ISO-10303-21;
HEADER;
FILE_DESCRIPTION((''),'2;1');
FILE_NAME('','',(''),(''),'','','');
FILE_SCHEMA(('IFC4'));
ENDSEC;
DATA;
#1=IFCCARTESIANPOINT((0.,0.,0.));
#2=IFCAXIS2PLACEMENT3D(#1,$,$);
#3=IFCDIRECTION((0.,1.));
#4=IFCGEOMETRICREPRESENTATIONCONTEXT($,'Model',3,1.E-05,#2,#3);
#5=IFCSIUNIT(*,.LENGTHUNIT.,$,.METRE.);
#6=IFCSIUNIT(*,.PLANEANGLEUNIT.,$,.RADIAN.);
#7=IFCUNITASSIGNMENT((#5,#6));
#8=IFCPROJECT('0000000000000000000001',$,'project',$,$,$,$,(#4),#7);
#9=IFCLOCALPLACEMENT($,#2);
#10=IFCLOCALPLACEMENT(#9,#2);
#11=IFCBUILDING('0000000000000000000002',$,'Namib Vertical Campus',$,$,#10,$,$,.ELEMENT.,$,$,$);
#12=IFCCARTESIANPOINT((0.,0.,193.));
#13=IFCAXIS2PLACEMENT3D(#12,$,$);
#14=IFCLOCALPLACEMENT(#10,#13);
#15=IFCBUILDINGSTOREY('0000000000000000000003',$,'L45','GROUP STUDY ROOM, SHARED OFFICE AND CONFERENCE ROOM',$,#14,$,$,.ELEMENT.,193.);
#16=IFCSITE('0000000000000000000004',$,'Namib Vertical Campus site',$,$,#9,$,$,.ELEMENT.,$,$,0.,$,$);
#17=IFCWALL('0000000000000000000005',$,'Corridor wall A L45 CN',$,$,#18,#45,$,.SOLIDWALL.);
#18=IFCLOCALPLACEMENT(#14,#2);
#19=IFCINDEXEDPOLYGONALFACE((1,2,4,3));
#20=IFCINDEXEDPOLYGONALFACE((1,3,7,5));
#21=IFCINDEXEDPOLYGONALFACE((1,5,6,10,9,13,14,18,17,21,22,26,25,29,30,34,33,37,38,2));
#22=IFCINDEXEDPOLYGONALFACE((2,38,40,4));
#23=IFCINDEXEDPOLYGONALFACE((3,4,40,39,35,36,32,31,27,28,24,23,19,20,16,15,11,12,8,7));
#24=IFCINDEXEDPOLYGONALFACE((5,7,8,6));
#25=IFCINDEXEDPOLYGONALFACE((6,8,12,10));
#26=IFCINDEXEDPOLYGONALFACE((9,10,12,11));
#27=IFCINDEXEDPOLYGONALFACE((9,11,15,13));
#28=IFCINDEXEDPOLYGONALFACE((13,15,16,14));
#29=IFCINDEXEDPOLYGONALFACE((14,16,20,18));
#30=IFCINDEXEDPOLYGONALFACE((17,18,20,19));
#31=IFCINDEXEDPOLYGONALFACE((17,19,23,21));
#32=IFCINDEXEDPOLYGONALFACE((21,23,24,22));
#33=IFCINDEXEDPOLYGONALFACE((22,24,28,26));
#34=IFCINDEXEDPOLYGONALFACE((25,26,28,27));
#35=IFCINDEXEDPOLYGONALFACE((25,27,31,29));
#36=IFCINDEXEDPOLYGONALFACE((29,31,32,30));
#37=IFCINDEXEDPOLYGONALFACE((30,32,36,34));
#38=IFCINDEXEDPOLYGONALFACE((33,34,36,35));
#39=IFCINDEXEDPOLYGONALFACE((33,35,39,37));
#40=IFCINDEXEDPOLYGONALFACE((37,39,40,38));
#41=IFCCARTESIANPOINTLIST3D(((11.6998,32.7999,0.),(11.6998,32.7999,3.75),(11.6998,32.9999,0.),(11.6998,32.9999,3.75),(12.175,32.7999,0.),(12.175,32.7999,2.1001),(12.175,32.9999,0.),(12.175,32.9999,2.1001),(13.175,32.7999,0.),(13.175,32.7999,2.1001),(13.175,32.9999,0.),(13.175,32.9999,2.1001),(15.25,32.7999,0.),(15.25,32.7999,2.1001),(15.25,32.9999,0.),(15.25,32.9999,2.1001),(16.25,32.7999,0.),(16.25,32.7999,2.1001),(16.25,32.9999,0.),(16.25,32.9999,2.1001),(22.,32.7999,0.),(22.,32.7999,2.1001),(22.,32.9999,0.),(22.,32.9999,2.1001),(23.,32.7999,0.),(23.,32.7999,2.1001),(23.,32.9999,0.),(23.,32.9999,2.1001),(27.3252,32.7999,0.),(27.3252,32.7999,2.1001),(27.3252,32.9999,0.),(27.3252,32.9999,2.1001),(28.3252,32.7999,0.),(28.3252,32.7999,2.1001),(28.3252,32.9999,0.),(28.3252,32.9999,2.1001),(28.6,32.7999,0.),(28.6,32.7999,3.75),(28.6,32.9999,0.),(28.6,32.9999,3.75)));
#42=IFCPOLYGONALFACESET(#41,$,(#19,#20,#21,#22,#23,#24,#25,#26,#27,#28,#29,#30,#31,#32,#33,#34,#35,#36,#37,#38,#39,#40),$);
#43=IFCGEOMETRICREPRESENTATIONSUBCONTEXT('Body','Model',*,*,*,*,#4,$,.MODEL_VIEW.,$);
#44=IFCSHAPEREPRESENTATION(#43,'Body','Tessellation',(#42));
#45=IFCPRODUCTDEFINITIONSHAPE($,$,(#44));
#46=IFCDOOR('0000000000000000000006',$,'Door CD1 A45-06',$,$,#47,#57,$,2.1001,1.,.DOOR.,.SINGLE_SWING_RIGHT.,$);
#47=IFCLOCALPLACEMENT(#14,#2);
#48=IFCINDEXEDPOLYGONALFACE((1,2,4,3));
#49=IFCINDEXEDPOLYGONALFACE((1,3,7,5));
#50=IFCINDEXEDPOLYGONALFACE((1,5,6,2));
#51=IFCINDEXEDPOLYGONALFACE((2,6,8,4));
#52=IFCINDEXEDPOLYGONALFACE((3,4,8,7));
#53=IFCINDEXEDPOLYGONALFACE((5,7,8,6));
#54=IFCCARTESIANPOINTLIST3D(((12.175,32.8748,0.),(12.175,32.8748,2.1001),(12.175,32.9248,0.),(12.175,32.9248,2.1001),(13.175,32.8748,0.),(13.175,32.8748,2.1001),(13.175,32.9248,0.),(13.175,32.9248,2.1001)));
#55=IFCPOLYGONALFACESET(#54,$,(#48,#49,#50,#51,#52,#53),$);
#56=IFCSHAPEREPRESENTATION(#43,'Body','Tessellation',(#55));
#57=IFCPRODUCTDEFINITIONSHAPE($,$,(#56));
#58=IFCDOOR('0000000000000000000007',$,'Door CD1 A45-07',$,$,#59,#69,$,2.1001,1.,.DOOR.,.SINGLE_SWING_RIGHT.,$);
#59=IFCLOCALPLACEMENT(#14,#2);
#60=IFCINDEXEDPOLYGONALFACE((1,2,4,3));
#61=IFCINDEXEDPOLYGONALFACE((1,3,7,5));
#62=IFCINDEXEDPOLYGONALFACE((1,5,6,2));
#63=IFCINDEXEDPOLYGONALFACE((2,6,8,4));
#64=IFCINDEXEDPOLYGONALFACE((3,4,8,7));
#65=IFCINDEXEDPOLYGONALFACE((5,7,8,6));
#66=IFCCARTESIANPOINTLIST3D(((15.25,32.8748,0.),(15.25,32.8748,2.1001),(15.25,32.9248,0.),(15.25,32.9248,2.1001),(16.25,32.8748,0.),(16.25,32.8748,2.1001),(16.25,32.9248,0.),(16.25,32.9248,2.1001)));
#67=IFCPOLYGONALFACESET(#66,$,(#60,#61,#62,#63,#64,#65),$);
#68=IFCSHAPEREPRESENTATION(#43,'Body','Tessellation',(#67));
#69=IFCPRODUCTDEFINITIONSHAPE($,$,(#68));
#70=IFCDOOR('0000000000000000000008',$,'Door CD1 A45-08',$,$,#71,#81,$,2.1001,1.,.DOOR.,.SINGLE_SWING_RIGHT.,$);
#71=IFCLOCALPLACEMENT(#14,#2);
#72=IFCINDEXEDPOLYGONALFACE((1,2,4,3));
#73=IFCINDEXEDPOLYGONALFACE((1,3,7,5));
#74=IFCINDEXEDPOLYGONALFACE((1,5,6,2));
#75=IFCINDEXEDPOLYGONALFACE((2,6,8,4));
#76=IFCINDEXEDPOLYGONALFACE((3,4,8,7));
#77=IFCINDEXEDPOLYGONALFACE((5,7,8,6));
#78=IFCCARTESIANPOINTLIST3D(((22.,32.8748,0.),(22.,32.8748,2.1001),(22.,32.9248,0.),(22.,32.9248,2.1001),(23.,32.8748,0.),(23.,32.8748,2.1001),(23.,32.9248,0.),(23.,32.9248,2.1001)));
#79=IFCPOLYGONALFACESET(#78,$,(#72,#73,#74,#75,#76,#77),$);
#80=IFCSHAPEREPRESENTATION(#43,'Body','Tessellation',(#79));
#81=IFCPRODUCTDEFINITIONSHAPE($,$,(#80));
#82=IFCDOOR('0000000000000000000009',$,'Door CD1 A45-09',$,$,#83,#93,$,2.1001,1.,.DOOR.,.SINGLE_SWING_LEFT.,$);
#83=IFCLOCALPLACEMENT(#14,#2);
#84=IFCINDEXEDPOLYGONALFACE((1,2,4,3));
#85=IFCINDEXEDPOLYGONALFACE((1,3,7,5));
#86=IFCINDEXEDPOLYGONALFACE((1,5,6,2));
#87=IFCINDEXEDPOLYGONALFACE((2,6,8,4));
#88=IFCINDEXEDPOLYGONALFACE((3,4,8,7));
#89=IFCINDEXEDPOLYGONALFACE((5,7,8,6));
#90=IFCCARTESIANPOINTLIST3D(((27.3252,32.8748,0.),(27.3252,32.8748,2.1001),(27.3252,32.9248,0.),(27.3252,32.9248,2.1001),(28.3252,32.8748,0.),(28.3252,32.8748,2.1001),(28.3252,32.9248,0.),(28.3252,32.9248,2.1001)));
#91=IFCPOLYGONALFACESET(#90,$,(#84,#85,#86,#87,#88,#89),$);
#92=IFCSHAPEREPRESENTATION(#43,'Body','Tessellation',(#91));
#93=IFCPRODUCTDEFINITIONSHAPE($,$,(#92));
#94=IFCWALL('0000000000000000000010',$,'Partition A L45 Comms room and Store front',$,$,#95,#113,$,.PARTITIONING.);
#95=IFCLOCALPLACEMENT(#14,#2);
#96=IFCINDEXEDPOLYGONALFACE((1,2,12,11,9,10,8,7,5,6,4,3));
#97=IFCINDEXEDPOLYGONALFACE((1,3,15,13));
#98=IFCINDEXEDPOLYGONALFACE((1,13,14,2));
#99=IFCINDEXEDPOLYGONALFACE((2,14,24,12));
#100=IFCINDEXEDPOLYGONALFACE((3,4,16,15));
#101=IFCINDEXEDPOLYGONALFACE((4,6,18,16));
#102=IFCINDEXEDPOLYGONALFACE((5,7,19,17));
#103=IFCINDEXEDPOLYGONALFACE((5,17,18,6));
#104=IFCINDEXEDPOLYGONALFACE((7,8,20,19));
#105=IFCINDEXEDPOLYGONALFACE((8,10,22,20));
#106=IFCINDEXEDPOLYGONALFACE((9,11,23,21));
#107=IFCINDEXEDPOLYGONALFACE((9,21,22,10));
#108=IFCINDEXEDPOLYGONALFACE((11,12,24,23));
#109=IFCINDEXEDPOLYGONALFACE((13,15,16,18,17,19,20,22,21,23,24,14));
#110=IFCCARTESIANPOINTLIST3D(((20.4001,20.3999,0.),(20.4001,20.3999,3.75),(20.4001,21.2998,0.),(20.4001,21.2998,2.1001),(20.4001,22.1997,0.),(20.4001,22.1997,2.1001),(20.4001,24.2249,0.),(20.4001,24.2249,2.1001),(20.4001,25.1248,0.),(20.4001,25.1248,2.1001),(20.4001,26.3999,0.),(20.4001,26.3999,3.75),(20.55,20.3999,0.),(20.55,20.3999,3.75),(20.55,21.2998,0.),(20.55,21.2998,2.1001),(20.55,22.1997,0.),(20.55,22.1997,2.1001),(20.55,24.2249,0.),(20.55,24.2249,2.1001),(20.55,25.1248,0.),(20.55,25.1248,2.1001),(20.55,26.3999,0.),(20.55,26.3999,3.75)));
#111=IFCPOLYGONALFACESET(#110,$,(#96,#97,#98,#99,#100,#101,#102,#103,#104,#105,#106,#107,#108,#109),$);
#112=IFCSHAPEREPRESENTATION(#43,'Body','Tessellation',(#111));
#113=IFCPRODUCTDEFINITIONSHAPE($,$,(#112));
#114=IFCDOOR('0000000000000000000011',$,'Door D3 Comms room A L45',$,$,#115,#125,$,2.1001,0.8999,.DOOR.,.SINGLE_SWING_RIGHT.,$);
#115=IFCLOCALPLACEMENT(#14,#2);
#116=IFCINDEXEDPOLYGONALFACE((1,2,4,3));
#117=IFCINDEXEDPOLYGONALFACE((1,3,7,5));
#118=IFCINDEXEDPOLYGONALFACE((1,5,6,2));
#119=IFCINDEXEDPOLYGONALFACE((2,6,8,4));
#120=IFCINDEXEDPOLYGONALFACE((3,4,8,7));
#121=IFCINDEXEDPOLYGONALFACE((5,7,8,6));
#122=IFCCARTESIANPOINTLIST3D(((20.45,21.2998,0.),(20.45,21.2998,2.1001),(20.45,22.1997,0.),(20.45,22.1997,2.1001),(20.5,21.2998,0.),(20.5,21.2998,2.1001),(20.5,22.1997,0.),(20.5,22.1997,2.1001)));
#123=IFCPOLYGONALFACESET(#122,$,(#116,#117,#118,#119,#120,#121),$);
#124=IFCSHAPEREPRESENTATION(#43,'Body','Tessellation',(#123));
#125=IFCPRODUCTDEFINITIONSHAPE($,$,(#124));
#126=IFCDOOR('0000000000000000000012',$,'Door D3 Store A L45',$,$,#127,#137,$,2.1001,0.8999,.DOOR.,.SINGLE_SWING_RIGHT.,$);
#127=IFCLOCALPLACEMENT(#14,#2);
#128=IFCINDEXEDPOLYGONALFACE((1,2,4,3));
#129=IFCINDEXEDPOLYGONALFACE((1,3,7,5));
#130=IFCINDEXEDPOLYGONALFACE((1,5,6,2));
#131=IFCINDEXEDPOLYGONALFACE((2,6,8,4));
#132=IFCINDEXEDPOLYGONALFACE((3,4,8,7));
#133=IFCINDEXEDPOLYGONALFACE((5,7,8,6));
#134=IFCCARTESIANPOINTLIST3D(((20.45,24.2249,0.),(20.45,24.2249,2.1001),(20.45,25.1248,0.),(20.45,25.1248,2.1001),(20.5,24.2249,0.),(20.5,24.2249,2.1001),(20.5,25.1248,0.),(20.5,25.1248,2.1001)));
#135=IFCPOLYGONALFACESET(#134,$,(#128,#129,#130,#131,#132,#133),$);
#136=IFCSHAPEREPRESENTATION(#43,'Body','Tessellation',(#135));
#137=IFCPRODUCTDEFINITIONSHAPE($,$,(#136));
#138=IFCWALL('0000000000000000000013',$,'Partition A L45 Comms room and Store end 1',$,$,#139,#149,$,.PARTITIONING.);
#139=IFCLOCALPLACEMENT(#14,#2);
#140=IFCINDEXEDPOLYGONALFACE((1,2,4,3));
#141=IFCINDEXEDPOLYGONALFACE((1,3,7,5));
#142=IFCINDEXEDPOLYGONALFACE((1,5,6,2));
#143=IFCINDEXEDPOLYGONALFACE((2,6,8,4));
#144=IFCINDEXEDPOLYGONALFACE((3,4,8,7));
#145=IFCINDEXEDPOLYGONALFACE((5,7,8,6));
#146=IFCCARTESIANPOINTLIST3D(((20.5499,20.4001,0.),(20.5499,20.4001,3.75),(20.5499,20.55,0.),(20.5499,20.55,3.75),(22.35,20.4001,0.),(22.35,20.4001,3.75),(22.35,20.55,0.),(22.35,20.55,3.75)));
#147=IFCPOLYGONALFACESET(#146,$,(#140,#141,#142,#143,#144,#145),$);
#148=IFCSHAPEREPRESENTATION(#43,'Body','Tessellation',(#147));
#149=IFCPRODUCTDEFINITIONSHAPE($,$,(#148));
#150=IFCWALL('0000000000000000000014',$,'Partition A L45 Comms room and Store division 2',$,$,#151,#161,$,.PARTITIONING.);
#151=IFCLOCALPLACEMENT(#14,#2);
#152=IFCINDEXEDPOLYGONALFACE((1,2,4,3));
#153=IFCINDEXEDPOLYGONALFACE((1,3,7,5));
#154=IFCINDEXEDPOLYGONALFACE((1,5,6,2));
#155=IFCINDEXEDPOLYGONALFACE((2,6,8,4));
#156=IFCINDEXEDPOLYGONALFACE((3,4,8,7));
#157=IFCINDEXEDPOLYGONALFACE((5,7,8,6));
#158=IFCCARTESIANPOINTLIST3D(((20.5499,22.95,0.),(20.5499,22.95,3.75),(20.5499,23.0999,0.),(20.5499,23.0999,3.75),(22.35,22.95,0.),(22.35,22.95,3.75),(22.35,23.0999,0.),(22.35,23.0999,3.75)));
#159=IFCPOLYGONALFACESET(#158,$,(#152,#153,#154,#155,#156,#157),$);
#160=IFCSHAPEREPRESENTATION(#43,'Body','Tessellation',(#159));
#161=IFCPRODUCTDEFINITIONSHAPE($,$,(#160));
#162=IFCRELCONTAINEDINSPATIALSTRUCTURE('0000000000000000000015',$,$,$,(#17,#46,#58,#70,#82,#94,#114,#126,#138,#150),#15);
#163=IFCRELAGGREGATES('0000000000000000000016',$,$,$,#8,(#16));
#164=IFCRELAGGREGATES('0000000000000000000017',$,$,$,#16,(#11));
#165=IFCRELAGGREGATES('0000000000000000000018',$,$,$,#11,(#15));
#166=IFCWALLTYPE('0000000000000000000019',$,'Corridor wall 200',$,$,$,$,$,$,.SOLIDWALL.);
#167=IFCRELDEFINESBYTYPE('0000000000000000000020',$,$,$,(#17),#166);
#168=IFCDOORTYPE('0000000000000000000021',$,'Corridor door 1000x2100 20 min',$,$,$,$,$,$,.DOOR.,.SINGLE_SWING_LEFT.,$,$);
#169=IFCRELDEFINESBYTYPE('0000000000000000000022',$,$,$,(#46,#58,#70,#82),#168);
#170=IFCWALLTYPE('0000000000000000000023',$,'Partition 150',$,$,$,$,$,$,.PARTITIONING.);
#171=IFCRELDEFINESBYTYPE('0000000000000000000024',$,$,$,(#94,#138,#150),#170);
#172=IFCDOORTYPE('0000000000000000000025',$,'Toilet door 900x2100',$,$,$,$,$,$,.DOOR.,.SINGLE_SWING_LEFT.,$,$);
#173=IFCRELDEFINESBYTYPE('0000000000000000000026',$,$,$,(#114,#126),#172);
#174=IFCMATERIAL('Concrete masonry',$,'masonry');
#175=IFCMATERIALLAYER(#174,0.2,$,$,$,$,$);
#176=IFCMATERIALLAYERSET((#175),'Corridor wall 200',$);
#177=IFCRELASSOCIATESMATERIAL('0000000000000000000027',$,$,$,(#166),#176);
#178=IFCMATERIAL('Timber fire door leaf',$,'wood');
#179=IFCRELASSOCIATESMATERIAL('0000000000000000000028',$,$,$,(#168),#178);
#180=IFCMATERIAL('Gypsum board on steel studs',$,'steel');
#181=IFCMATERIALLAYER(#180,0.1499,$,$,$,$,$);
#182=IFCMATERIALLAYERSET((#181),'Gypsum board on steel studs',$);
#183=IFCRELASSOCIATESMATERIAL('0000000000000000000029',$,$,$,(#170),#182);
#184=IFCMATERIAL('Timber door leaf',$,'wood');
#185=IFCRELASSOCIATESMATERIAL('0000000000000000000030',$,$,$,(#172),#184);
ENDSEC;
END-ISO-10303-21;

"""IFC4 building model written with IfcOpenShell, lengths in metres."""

from ifc_helpers import new_model, si_unit, direction, frame, frame_2d, origin, place, context, subcontext, project, spatial, rectangle, extrude, material, layer, layer_set, type_object, element, fill, save


model = new_model("IFC4")

# Units and contexts
model_context = context("Model", 3, precision=1e-05, world=origin(), true_north=direction((0.0, 1.0)))
body_context = subcontext(model_context, "Body", "Model", "MODEL_VIEW")
ifc_project = project(units=[si_unit("LENGTHUNIT", "METRE"), si_unit("PLANEANGLEUNIT", "RADIAN")], contexts=[model_context])

# Site, building, storey
site_placement = place(None, origin())
site = spatial("IfcSite", under=ifc_project, at=site_placement, Name="Namib Vertical Campus site", CompositionType="ELEMENT", RefElevation=0.0)
building_placement = place(site_placement, origin())
building = spatial("IfcBuilding", under=site, at=building_placement, Name="Namib Vertical Campus", CompositionType="ELEMENT")
storey_placement = place(building_placement, frame((0.0, 0.0, 193.0)))
storey = spatial("IfcBuildingStorey", under=building, at=storey_placement, Name="L45", Description="GROUP STUDY ROOM, SHARED OFFICE AND CONFERENCE ROOM", CompositionType="ELEMENT", Elevation=193.0)

# Walls, openings, doors
ifc_material_1 = material(Name="Concrete masonry", Category="masonry")
ifc_layer_1 = layer(ifc_material_1, 0.2)
ifc_layer_set_1 = layer_set([ifc_layer_1], Name="Corridor wall 200")
wall_type_1 = type_object("IfcWallType", Name="Corridor wall 200", PredefinedType="SOLIDWALL", material=ifc_layer_set_1)
wall_1_placement = place(storey_placement, frame((28.6001, 32.8999, 0.0), z_axis=(0.0, 0.0, 1.0), x_axis=(-1.0, 0.0, 0.0)))
wall_1 = element("IfcWall", 1, at=wall_1_placement, inside=storey, type_object=wall_type_1, Name="Corridor wall A L45 CN", PredefinedType="SOLIDWALL", context=body_context, shape_type="SweptSolid", body=[
    extrude(rectangle(XDim=16.9001, YDim=0.2, at=frame_2d((8.4502, 0.0))), origin(), (0.0, 0.0, 1.0), 3.75),
])
opening_1_placement = place(wall_1_placement, frame((15.425, 0.0, 0.0)))
opening_1 = element("IfcOpeningElement", 2, at=opening_1_placement, cuts=wall_1, PredefinedType="OPENING", context=body_context, shape_type="SweptSolid", body=[
    extrude(rectangle(XDim=1.0, YDim=2.1001, at=frame_2d((0.5, 1.05))), frame((0.0, 0.1099, 0.0), z_axis=(0.0, -1.0, 0.0), x_axis=(1.0, 0.0, 0.0)), (0.0, 0.0, 1.0), 0.22),
])
opening_2_placement = place(wall_1_placement, frame((12.3501, 0.0, 0.0)))
opening_2 = element("IfcOpeningElement", 3, at=opening_2_placement, cuts=wall_1, PredefinedType="OPENING", context=body_context, shape_type="SweptSolid", body=[
    extrude(rectangle(XDim=1.0, YDim=2.1001, at=frame_2d((0.5, 1.05))), frame((0.0, 0.1099, 0.0), z_axis=(0.0, -1.0, 0.0), x_axis=(1.0, 0.0, 0.0)), (0.0, 0.0, 1.0), 0.22),
])
opening_3_placement = place(wall_1_placement, frame((5.6001, 0.0, 0.0)))
opening_3 = element("IfcOpeningElement", 4, at=opening_3_placement, cuts=wall_1, PredefinedType="OPENING", context=body_context, shape_type="SweptSolid", body=[
    extrude(rectangle(XDim=1.0, YDim=2.1001, at=frame_2d((0.5, 1.05))), frame((0.0, 0.1099, 0.0), z_axis=(0.0, -1.0, 0.0), x_axis=(1.0, 0.0, 0.0)), (0.0, 0.0, 1.0), 0.22),
])
opening_4_placement = place(wall_1_placement, frame((0.2749, 0.0, 0.0)))
opening_4 = element("IfcOpeningElement", 5, at=opening_4_placement, cuts=wall_1, PredefinedType="OPENING", context=body_context, shape_type="SweptSolid", body=[
    extrude(rectangle(XDim=1.0, YDim=2.1001, at=frame_2d((0.5, 1.05))), frame((0.0, 0.1099, 0.0), z_axis=(0.0, -1.0, 0.0), x_axis=(1.0, 0.0, 0.0)), (0.0, 0.0, 1.0), 0.22),
])
ifc_material_2 = material(Name="Timber fire door leaf", Category="wood")
door_type_1 = type_object("IfcDoorType", Name="Corridor door 1000x2100 20 min", OperationType="SINGLE_SWING_LEFT", PredefinedType="DOOR", material=ifc_material_2)
door_1_placement = place(opening_1_placement, frame((1.0, 0.0, 0.0), z_axis=(0.0, 0.0, 1.0), x_axis=(-1.0, 0.0, 0.0)))
door_1 = element("IfcDoor", 6, at=door_1_placement, inside=storey, type_object=door_type_1, Name="Door CD1 A45-06", OperationType="SINGLE_SWING_RIGHT", OverallHeight=2.1001, OverallWidth=1.0, PredefinedType="DOOR", context=body_context, shape_type="SweptSolid", body=[
    extrude(rectangle(XDim=1.0, YDim=2.1001, at=frame_2d((0.5, 1.05))), frame((0.0, 0.0249, 0.0), z_axis=(0.0, -1.0, 0.0), x_axis=(1.0, 0.0, 0.0)), (0.0, 0.0, 1.0), 0.05),
])
fill(opening_1, door_1)
door_2_placement = place(opening_2_placement, frame((1.0, 0.0, 0.0), z_axis=(0.0, 0.0, 1.0), x_axis=(-1.0, 0.0, 0.0)))
door_2 = element("IfcDoor", 7, at=door_2_placement, inside=storey, type_object=door_type_1, Name="Door CD1 A45-07", OperationType="SINGLE_SWING_RIGHT", OverallHeight=2.1001, OverallWidth=1.0, PredefinedType="DOOR", context=body_context, shape_type="SweptSolid", body=[
    extrude(rectangle(XDim=1.0, YDim=2.1001, at=frame_2d((0.5, 1.05))), frame((0.0, 0.0249, 0.0), z_axis=(0.0, -1.0, 0.0), x_axis=(1.0, 0.0, 0.0)), (0.0, 0.0, 1.0), 0.05),
])
fill(opening_2, door_2)
door_3_placement = place(opening_3_placement, frame((1.0, 0.0, 0.0), z_axis=(0.0, 0.0, 1.0), x_axis=(-1.0, 0.0, 0.0)))
door_3 = element("IfcDoor", 8, at=door_3_placement, inside=storey, type_object=door_type_1, Name="Door CD1 A45-08", OperationType="SINGLE_SWING_RIGHT", OverallHeight=2.1001, OverallWidth=1.0, PredefinedType="DOOR", context=body_context, shape_type="SweptSolid", body=[
    extrude(rectangle(XDim=1.0, YDim=2.1001, at=frame_2d((0.5, 1.05))), frame((0.0, 0.0249, 0.0), z_axis=(0.0, -1.0, 0.0), x_axis=(1.0, 0.0, 0.0)), (0.0, 0.0, 1.0), 0.05),
])
fill(opening_3, door_3)
door_4_placement = place(opening_4_placement, frame((1.0, 0.0, 0.0), z_axis=(0.0, 0.0, 1.0), x_axis=(-1.0, 0.0, 0.0)))
door_4 = element("IfcDoor", 9, at=door_4_placement, inside=storey, type_object=door_type_1, Name="Door CD1 A45-09", OperationType="SINGLE_SWING_LEFT", OverallHeight=2.1001, OverallWidth=1.0, PredefinedType="DOOR", context=body_context, shape_type="SweptSolid", body=[
    extrude(rectangle(XDim=1.0, YDim=2.1001, at=frame_2d((0.5, 1.05))), frame((0.0, 0.0249, 0.0), z_axis=(0.0, -1.0, 0.0), x_axis=(1.0, 0.0, 0.0)), (0.0, 0.0, 1.0), 0.05),
])
fill(opening_4, door_4)
ifc_material_3 = material(Name="Gypsum board on steel studs", Category="steel")
ifc_layer_2 = layer(ifc_material_3, 0.1499)
ifc_layer_set_2 = layer_set([ifc_layer_2], Name="Gypsum board on steel studs")
wall_type_2 = type_object("IfcWallType", Name="Partition 150", PredefinedType="PARTITIONING", material=ifc_layer_set_2)
wall_2_placement = place(storey_placement, frame((20.4751, 20.3999, 0.0), z_axis=(0.0, 0.0, 1.0), x_axis=(0.0, 1.0, 0.0)))
wall_2 = element("IfcWall", 10, at=wall_2_placement, inside=storey, type_object=wall_type_2, Name="Partition A L45 Comms room and Store front", PredefinedType="PARTITIONING", context=body_context, shape_type="SweptSolid", body=[
    extrude(rectangle(XDim=6.0, YDim=0.1499, at=frame_2d((3.0, 0.0))), origin(), (0.0, 0.0, 1.0), 3.75),
])
opening_5_placement = place(wall_2_placement, frame((0.8999, 0.0, 0.0)))
opening_5 = element("IfcOpeningElement", 11, at=opening_5_placement, cuts=wall_2, PredefinedType="OPENING", context=body_context, shape_type="SweptSolid", body=[
    extrude(rectangle(XDim=0.8999, YDim=2.1001, at=frame_2d((0.45, 1.05))), frame((0.0, 0.085, 0.0), z_axis=(0.0, -1.0, 0.0), x_axis=(1.0, 0.0, 0.0)), (0.0, 0.0, 1.0), 0.1699),
])
opening_6_placement = place(wall_2_placement, frame((3.825, 0.0, 0.0)))
opening_6 = element("IfcOpeningElement", 12, at=opening_6_placement, cuts=wall_2, PredefinedType="OPENING", context=body_context, shape_type="SweptSolid", body=[
    extrude(rectangle(XDim=0.8999, YDim=2.1001, at=frame_2d((0.45, 1.05))), frame((0.0, 0.085, 0.0), z_axis=(0.0, -1.0, 0.0), x_axis=(1.0, 0.0, 0.0)), (0.0, 0.0, 1.0), 0.1699),
])
ifc_material_4 = material(Name="Timber door leaf", Category="wood")
door_type_2 = type_object("IfcDoorType", Name="Toilet door 900x2100", OperationType="SINGLE_SWING_LEFT", PredefinedType="DOOR", material=ifc_material_4)
door_5_placement = place(opening_5_placement, frame((0.8999, 0.0, 0.0), z_axis=(0.0, 0.0, 1.0), x_axis=(-1.0, 0.0, 0.0)))
door_5 = element("IfcDoor", 13, at=door_5_placement, inside=storey, type_object=door_type_2, Name="Door D3 Comms room A L45", OperationType="SINGLE_SWING_RIGHT", OverallHeight=2.1001, OverallWidth=0.8999, PredefinedType="DOOR", context=body_context, shape_type="SweptSolid", body=[
    extrude(rectangle(XDim=0.8999, YDim=2.1001, at=frame_2d((0.45, 1.05))), frame((0.0, 0.0249, 0.0), z_axis=(0.0, -1.0, 0.0), x_axis=(1.0, 0.0, 0.0)), (0.0, 0.0, 1.0), 0.05),
])
fill(opening_5, door_5)
door_6_placement = place(opening_6_placement, frame((0.8999, 0.0, 0.0), z_axis=(0.0, 0.0, 1.0), x_axis=(-1.0, 0.0, 0.0)))
door_6 = element("IfcDoor", 14, at=door_6_placement, inside=storey, type_object=door_type_2, Name="Door D3 Store A L45", OperationType="SINGLE_SWING_RIGHT", OverallHeight=2.1001, OverallWidth=0.8999, PredefinedType="DOOR", context=body_context, shape_type="SweptSolid", body=[
    extrude(rectangle(XDim=0.8999, YDim=2.1001, at=frame_2d((0.45, 1.05))), frame((0.0, 0.0249, 0.0), z_axis=(0.0, -1.0, 0.0), x_axis=(1.0, 0.0, 0.0)), (0.0, 0.0, 1.0), 0.05),
])
fill(opening_6, door_6)

# Walls
for number, where, z_axis, x_axis, name in (
    (15, (20.55, 20.4751, 0.0), (0.0, 0.0, 1.0), (1.0, 0.0, 0.0), "Partition A L45 Comms room and Store end 1"),
    (16, (20.55, 23.0249, 0.0), (0.0, 0.0, 1.0), (1.0, 0.0, 0.0), "Partition A L45 Comms room and Store division 2"),
):
    element("IfcWall", number, at=place(storey_placement, frame(where, z_axis=z_axis, x_axis=x_axis)), inside=storey, type_object=wall_type_2, Name=name, PredefinedType="PARTITIONING", context=body_context, shape_type="SweptSolid", body=[
        extrude(rectangle(XDim=1.8, YDim=0.1499, at=frame_2d((0.8999, 0.0))), origin(), (0.0, 0.0, 1.0), 3.75),
    ])

save(model, "model.ifc")
